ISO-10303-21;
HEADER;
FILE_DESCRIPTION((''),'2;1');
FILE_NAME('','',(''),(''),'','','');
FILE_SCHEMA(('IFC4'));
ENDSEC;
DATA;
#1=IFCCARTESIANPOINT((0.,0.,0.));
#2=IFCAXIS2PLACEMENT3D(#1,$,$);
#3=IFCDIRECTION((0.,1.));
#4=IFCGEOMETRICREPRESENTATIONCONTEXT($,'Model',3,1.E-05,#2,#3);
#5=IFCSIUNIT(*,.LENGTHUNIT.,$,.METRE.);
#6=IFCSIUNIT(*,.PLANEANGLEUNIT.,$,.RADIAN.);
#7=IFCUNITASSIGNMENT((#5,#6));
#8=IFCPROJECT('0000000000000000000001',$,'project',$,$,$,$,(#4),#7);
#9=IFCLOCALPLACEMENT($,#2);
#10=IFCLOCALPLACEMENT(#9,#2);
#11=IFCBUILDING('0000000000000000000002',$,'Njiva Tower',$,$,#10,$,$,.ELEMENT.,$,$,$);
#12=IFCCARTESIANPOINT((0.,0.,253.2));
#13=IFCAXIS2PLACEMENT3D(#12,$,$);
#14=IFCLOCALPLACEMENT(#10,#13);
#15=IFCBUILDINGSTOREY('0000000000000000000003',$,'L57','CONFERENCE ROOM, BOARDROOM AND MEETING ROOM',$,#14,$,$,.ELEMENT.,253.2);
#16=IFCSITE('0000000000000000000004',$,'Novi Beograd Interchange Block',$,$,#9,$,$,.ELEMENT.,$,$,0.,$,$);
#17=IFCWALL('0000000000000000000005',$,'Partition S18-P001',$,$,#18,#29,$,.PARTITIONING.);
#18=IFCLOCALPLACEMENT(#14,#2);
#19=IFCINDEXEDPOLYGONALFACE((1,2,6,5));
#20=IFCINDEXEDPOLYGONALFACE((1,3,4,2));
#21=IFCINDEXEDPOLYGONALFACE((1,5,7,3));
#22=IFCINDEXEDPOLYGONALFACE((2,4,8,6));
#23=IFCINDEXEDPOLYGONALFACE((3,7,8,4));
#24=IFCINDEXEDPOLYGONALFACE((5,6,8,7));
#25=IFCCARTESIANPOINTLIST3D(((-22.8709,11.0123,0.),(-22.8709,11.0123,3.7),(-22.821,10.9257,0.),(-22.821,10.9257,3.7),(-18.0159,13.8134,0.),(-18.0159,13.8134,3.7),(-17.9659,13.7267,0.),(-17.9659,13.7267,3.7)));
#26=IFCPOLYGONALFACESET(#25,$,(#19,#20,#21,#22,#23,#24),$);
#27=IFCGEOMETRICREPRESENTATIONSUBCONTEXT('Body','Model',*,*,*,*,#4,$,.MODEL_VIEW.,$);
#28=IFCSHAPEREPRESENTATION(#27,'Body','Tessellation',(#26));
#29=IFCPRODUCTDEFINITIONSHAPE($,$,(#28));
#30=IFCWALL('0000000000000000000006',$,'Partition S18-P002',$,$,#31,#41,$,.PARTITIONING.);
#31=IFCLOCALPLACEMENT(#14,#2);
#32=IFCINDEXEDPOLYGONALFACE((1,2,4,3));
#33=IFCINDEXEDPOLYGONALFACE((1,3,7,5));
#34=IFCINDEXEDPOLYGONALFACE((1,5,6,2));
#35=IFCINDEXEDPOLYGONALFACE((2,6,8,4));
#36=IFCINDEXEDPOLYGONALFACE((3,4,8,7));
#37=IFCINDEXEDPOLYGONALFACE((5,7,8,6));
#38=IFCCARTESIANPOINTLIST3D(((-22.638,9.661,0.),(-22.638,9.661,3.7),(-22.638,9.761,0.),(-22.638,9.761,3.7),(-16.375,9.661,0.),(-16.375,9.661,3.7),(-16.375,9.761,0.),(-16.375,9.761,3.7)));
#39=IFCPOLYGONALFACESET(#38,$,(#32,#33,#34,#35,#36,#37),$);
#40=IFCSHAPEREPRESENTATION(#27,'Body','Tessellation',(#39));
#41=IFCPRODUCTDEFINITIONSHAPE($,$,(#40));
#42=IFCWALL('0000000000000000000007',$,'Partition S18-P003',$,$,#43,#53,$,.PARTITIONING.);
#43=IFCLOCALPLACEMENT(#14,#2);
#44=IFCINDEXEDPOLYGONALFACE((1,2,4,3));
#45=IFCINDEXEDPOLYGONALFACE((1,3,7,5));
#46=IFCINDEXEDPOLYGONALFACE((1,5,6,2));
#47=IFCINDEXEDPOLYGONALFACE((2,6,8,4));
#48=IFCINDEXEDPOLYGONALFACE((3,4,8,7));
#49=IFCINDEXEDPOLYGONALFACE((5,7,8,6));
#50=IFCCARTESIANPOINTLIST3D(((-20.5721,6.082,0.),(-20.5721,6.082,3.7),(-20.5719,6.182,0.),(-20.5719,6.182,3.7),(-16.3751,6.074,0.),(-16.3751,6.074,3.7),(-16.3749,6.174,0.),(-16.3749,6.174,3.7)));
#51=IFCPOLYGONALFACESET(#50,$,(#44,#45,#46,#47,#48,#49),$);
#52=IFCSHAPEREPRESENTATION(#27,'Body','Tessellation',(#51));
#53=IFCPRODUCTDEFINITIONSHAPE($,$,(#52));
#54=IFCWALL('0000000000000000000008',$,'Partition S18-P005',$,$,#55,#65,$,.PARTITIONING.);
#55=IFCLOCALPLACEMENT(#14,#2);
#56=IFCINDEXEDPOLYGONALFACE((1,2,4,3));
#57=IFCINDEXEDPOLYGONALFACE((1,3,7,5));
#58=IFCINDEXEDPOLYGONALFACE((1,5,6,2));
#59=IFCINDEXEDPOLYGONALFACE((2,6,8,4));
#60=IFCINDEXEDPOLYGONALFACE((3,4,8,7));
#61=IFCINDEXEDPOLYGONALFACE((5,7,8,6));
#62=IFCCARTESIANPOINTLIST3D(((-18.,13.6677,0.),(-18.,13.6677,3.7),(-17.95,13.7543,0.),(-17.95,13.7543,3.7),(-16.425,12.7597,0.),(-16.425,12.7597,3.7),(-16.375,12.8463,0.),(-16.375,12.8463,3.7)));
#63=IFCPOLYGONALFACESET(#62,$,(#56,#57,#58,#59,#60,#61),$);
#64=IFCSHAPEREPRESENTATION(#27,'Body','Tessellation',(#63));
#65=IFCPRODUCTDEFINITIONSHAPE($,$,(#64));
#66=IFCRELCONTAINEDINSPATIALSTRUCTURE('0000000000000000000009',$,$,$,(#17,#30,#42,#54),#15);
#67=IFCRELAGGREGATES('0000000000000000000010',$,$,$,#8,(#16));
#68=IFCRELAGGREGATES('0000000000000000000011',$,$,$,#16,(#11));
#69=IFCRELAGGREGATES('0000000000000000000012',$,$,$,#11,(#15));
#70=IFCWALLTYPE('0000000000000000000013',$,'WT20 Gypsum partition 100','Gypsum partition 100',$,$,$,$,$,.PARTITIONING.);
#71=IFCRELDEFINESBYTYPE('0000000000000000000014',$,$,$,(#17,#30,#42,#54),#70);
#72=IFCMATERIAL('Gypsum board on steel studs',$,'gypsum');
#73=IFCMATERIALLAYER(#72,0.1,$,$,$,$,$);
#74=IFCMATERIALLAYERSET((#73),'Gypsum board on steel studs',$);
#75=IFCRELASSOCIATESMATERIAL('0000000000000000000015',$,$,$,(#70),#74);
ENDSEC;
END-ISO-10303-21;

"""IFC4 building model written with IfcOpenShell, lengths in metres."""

from ifc_helpers import new_model, si_unit, direction, frame, frame_2d, origin, place, context, subcontext, project, spatial, rectangle, extrude, material, layer, layer_set, type_object, element, save


model = new_model("IFC4")

# Units and contexts
model_context = context("Model", 3, precision=1e-05, world=origin(), true_north=direction((0.0, 1.0)))
body_context = subcontext(model_context, "Body", "Model", "MODEL_VIEW")
ifc_project = project(units=[si_unit("LENGTHUNIT", "METRE"), si_unit("PLANEANGLEUNIT", "RADIAN")], contexts=[model_context])

# Site, building, storey
site_placement = place(None, origin())
site = spatial("IfcSite", under=ifc_project, at=site_placement, Name="Novi Beograd Interchange Block", CompositionType="ELEMENT", RefElevation=0.0)
building_placement = place(site_placement, origin())
building = spatial("IfcBuilding", under=site, at=building_placement, Name="Njiva Tower", CompositionType="ELEMENT")
storey_placement = place(building_placement, frame((0.0, 0.0, 253.2)))
storey = spatial("IfcBuildingStorey", under=building, at=storey_placement, Name="L57", Description="CONFERENCE ROOM, BOARDROOM AND MEETING ROOM", CompositionType="ELEMENT", Elevation=253.2)

# Walls
ifc_material_1 = material(Name="Gypsum board on steel studs", Category="gypsum")
ifc_layer_1 = layer(ifc_material_1, 0.1)
ifc_layer_set_1 = layer_set([ifc_layer_1], Name="Gypsum board on steel studs")
wall_type_1 = type_object("IfcWallType", Name="WT20 Gypsum partition 100", Description="Gypsum partition 100", PredefinedType="PARTITIONING", material=ifc_layer_set_1)
wall_1_placement = place(storey_placement, frame((-22.846, 10.969, 0.0), z_axis=(0.0, 0.0, 1.0), x_axis=(0.866183, 0.499728, 0.0)))
element("IfcWall", 1, at=wall_1_placement, inside=storey, type_object=wall_type_1, Name="Partition S18-P001", PredefinedType="PARTITIONING", context=body_context, shape_type="SweptSolid", body=[
    extrude(rectangle(XDim=5.6051, YDim=0.1, at=frame_2d((2.8026, 0.0))), origin(), (0.0, 0.0, 1.0), 3.7),
])
wall_2_placement = place(storey_placement, frame((-22.638, 9.711, 0.0), z_axis=(0.0, 0.0, 1.0), x_axis=(1.0, 0.0, 0.0)))
element("IfcWall", 2, at=wall_2_placement, inside=storey, type_object=wall_type_1, Name="Partition S18-P002", PredefinedType="PARTITIONING", context=body_context, shape_type="SweptSolid", body=[
    extrude(rectangle(XDim=6.263, YDim=0.1, at=frame_2d((3.1315, 0.0))), origin(), (0.0, 0.0, 1.0), 3.7),
])
wall_3_placement = place(storey_placement, frame((-20.572, 6.132, 0.0), z_axis=(0.0, 0.0, 1.0), x_axis=(0.999998, -0.001906, 0.0)))
element("IfcWall", 3, at=wall_3_placement, inside=storey, type_object=wall_type_1, Name="Partition S18-P003", PredefinedType="PARTITIONING", context=body_context, shape_type="SweptSolid", body=[
    extrude(rectangle(XDim=4.197, YDim=0.1, at=frame_2d((2.0985, 0.0))), origin(), (0.0, 0.0, 1.0), 3.7),
])
wall_4_placement = place(storey_placement, frame((-17.975, 13.711, 0.0), z_axis=(0.0, 0.0, 1.0), x_axis=(0.866341, -0.499453, 0.0)))
element("IfcWall", 4, at=wall_4_placement, inside=storey, type_object=wall_type_1, Name="Partition S18-P005", PredefinedType="PARTITIONING", context=body_context, shape_type="SweptSolid", body=[
    extrude(rectangle(XDim=1.818, YDim=0.1, at=frame_2d((0.909, 0.0))), origin(), (0.0, 0.0, 1.0), 3.7),
])

save(model, "model.ifc")
